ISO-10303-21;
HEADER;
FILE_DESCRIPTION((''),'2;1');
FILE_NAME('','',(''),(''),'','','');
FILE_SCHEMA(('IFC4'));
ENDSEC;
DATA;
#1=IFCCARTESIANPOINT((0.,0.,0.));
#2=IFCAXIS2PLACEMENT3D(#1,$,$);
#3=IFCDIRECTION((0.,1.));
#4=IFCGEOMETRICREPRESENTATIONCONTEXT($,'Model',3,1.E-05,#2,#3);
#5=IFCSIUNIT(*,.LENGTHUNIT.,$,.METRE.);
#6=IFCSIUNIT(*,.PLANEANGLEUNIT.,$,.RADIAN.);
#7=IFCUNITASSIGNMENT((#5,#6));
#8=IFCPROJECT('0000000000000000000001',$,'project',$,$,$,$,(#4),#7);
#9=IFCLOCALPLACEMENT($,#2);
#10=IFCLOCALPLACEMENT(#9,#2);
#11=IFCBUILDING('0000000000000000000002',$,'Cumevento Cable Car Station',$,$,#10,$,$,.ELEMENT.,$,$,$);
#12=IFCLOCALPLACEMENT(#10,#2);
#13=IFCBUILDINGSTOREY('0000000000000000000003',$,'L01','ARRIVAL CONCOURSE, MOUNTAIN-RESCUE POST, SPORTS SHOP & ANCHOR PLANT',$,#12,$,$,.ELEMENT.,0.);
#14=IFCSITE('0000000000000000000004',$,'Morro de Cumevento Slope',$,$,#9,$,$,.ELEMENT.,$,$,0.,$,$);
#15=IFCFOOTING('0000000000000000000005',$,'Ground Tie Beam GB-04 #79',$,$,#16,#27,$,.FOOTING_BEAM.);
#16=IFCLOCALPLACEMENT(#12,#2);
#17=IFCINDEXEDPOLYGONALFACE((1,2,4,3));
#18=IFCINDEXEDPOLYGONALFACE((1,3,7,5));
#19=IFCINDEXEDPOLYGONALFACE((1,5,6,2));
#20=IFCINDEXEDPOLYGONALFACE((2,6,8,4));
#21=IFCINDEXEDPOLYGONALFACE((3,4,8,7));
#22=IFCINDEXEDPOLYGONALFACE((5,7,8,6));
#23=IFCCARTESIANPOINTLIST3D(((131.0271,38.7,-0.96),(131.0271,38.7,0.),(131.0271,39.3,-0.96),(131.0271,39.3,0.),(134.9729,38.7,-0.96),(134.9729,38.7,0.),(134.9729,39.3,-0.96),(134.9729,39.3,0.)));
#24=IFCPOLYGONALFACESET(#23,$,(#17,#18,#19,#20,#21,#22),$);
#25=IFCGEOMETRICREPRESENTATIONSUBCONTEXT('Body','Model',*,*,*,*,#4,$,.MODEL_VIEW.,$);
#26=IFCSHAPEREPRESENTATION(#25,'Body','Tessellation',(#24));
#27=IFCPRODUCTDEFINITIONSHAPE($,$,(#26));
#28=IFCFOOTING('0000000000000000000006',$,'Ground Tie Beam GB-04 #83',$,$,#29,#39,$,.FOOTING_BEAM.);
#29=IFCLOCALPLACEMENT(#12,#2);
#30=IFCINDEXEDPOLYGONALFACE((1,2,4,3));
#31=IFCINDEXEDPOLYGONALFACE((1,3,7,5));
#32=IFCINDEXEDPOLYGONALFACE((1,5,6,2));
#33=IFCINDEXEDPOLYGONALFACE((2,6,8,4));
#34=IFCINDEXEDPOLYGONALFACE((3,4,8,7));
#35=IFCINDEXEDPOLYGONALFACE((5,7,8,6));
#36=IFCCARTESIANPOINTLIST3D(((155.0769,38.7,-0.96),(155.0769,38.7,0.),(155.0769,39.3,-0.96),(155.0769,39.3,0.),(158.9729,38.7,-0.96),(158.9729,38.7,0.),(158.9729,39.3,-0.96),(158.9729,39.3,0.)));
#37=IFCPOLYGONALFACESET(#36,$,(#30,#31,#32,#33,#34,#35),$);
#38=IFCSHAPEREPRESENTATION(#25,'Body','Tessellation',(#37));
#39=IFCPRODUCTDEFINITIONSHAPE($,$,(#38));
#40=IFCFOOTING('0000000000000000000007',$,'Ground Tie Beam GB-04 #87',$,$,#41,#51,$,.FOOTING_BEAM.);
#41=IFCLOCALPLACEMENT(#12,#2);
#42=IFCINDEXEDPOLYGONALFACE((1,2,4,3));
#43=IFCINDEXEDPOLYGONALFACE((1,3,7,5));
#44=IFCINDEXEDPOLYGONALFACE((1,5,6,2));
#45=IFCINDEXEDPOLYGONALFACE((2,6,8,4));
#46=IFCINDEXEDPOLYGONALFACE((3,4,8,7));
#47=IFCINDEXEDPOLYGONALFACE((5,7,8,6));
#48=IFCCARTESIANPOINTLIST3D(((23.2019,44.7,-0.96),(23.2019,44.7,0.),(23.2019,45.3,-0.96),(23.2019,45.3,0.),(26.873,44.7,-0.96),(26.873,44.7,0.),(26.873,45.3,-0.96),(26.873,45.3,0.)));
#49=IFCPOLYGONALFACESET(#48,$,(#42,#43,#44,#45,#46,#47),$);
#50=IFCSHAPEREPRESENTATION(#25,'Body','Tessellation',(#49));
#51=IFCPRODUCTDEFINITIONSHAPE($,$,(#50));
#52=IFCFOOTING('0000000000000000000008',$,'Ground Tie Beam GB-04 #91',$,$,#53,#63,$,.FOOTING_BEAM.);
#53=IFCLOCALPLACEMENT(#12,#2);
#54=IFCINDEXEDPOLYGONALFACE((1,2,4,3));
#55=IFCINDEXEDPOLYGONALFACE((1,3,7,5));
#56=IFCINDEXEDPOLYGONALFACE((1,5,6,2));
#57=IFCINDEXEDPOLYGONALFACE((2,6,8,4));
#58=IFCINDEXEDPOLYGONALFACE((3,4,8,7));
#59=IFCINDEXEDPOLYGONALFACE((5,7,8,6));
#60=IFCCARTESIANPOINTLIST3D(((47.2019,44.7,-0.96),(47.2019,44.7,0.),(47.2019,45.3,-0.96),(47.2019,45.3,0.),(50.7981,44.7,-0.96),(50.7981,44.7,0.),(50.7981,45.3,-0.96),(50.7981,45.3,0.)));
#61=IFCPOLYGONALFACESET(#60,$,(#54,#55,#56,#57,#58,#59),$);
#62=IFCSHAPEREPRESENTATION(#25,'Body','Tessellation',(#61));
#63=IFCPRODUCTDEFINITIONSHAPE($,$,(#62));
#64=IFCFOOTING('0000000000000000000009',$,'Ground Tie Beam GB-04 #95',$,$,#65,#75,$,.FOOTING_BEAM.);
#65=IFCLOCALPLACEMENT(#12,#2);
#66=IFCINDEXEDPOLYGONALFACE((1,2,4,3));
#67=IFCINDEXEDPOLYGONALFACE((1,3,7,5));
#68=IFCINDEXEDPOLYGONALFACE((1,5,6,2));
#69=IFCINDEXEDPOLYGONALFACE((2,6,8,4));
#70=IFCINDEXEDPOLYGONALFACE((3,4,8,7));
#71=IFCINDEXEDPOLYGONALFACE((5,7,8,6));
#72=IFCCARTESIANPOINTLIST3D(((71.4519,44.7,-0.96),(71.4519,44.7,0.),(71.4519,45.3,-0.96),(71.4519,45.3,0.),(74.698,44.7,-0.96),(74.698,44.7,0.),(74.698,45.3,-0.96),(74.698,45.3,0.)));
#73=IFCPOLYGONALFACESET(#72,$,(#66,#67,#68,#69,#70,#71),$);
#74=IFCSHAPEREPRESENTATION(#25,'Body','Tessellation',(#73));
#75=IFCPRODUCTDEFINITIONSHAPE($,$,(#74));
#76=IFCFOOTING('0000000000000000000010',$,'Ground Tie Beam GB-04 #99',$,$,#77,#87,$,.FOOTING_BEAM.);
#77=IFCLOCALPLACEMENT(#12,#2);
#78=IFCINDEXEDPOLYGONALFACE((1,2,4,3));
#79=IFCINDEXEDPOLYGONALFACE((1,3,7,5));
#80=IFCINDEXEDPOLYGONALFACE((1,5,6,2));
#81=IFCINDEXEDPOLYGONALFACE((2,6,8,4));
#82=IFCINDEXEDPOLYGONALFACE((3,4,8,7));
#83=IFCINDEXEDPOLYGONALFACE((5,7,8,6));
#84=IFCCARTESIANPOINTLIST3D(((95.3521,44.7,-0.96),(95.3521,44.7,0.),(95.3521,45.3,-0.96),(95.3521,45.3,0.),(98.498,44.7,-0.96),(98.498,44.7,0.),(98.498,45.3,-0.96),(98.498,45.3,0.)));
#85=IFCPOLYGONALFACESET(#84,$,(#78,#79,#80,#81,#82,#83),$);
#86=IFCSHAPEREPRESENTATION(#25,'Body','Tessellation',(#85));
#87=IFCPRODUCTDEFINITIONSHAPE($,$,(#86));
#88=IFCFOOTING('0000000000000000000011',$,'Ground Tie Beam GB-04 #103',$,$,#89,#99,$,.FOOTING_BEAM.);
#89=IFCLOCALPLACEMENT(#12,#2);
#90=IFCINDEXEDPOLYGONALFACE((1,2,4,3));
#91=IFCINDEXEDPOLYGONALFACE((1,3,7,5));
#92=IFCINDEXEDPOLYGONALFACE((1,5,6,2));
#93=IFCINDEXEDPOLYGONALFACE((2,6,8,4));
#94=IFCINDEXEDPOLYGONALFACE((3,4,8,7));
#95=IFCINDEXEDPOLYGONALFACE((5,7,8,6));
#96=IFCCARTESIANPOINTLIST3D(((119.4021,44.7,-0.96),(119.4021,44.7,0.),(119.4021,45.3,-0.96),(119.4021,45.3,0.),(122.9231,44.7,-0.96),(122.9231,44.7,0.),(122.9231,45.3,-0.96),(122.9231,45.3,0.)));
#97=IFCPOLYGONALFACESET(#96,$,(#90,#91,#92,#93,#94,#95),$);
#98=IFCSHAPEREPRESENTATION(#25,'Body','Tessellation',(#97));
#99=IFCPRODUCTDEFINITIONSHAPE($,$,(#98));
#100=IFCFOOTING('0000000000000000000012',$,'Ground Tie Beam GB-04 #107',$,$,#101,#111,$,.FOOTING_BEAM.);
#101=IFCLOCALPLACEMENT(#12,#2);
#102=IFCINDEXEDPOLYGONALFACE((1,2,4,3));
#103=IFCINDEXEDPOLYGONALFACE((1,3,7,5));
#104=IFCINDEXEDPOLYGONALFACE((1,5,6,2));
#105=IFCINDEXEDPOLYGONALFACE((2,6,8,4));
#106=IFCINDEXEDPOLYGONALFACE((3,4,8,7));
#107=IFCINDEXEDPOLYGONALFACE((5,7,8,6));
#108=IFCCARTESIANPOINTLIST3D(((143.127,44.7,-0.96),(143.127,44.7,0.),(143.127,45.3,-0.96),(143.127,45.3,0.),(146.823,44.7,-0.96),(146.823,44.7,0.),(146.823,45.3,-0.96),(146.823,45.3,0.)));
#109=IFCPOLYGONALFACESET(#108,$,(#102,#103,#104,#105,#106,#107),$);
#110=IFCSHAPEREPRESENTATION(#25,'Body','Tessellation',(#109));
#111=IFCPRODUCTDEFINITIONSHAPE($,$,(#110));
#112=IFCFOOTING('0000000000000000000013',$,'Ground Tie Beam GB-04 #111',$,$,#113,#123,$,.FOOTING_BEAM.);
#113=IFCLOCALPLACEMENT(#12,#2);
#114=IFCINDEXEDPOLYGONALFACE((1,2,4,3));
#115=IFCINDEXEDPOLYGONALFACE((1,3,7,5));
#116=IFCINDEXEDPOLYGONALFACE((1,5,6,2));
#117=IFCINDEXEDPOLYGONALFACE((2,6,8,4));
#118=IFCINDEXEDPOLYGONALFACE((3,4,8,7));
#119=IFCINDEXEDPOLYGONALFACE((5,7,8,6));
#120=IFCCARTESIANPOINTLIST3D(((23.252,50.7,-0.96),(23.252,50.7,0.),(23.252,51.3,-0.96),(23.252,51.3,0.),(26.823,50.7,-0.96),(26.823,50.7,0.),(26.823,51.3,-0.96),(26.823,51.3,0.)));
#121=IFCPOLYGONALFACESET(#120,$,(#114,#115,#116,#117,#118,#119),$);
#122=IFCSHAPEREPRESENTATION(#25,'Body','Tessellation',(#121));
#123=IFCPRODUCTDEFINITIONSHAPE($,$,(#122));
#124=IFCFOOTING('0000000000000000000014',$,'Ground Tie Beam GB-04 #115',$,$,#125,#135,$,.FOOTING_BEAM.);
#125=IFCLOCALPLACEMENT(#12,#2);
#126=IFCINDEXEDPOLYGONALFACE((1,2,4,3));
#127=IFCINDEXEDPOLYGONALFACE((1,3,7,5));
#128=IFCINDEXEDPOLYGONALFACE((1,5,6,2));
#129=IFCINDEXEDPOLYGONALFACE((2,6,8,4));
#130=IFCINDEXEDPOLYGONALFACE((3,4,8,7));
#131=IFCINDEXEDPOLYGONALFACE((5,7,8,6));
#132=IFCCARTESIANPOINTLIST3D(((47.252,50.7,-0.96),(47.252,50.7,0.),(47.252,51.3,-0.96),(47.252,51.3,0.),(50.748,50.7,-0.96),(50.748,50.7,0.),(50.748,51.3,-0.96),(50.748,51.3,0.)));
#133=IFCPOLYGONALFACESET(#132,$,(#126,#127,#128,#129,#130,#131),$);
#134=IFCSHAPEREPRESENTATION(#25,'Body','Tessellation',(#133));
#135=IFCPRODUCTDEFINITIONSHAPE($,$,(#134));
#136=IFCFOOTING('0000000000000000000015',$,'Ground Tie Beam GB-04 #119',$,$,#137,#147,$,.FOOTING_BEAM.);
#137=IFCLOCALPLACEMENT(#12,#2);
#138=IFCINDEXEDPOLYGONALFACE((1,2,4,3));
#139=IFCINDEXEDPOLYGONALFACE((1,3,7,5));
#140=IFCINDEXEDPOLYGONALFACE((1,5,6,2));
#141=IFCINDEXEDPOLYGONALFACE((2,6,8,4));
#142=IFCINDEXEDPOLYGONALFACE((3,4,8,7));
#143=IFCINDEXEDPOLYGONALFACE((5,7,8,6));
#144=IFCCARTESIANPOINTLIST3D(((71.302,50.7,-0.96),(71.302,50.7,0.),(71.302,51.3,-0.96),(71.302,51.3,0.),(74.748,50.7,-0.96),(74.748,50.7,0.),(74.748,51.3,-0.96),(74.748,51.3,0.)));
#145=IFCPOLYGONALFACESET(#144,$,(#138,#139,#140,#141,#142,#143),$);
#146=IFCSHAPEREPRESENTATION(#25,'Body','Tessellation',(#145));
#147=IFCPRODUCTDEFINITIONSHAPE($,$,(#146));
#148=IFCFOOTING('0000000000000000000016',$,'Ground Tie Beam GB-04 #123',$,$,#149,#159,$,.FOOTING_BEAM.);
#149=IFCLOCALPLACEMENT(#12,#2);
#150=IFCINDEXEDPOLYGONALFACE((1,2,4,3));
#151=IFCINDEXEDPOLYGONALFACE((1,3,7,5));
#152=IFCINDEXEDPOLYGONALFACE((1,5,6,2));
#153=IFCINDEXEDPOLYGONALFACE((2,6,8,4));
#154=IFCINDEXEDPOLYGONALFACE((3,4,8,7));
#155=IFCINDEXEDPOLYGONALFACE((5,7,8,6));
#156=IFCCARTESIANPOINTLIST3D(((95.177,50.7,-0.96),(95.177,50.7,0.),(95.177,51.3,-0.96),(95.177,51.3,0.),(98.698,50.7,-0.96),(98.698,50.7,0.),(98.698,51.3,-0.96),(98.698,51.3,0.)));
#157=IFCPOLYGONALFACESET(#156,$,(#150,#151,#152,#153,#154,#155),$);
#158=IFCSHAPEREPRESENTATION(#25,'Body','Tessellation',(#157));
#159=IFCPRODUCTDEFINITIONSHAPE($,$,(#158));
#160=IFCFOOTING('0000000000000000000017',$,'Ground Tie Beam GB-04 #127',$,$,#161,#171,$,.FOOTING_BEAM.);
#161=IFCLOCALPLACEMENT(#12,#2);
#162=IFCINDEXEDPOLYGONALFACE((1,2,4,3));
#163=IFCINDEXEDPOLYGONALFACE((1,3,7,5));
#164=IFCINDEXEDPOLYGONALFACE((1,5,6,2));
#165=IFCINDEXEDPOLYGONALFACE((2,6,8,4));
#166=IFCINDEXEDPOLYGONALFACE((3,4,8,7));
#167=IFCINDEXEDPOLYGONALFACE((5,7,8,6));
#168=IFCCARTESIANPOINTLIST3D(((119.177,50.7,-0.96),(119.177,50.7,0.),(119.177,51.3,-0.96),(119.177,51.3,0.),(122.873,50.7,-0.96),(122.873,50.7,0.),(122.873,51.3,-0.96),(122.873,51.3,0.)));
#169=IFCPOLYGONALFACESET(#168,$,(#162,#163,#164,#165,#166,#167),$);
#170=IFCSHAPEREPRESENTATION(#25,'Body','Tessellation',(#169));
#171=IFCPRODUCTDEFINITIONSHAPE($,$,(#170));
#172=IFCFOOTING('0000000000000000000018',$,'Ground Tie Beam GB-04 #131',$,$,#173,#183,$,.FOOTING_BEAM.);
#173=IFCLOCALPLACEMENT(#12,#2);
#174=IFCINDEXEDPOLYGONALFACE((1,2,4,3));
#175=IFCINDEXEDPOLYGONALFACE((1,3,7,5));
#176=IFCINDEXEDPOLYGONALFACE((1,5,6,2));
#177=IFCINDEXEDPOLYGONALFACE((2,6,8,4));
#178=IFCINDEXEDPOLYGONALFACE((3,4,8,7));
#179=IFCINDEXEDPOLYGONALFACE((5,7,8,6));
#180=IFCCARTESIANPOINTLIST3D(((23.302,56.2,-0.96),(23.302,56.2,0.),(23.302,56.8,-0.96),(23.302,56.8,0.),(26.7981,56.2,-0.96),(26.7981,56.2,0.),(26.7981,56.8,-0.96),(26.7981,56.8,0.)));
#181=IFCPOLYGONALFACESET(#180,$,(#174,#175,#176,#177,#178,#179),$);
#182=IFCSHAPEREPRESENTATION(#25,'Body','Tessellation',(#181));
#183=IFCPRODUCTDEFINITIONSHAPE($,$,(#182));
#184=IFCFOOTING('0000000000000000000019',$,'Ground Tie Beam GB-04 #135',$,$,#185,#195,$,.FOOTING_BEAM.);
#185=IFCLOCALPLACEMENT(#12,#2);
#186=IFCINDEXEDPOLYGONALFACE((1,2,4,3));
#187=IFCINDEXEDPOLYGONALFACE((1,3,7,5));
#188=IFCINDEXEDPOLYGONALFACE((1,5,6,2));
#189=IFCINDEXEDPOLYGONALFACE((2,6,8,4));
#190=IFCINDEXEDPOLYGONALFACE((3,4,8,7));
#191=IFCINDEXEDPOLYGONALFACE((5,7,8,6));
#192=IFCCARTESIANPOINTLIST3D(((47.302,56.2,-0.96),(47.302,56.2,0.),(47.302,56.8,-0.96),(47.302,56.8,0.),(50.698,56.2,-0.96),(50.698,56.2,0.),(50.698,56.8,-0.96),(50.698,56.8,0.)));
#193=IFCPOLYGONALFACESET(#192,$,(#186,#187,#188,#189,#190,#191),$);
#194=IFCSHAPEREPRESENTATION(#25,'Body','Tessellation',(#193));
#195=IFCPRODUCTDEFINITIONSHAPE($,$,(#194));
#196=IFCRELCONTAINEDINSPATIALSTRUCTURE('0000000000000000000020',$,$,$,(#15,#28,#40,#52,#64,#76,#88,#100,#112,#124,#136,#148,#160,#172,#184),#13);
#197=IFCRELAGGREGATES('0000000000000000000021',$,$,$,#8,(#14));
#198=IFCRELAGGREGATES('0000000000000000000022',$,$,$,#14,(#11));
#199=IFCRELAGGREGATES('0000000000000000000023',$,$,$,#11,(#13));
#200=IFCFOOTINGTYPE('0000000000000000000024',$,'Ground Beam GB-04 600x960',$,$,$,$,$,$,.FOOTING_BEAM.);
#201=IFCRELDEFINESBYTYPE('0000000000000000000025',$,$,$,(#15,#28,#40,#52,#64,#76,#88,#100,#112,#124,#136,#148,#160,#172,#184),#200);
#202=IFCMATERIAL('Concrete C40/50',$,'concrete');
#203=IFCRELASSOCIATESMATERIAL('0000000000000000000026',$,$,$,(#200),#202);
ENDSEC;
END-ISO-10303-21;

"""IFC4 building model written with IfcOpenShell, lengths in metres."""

from ifc_helpers import new_model, si_unit, direction, frame, origin, place, context, subcontext, project, spatial, polyline, outline, extrude, material, type_object, element, save


model = new_model("IFC4")

# Units and contexts
model_context = context("Model", 3, precision=1e-05, world=origin(), true_north=direction((0.0, 1.0)))
body_context = subcontext(model_context, "Body", "Model", "MODEL_VIEW")
ifc_project = project(units=[si_unit("LENGTHUNIT", "METRE"), si_unit("PLANEANGLEUNIT", "RADIAN")], contexts=[model_context])

# Site, building, storey
site_placement = place(None, origin())
site = spatial("IfcSite", under=ifc_project, at=site_placement, Name="Morro de Cumevento Slope", CompositionType="ELEMENT", RefElevation=0.0)
building_placement = place(site_placement, origin())
building = spatial("IfcBuilding", under=site, at=building_placement, Name="Cumevento Cable Car Station", CompositionType="ELEMENT")
storey_placement = place(building_placement, origin())
storey = spatial("IfcBuildingStorey", under=building, at=storey_placement, Name="L01", Description="ARRIVAL CONCOURSE, MOUNTAIN-RESCUE POST, SPORTS SHOP & ANCHOR PLANT", CompositionType="ELEMENT", Elevation=0.0)

# Footings
ifc_material_1 = material(Name="Concrete C40/50", Category="concrete")
footing_type_1 = type_object("IfcFootingType", Name="Ground Beam GB-04 600x960", PredefinedType="FOOTING_BEAM", material=ifc_material_1)
footing_1_placement = place(storey_placement, frame((0.0, 0.0, -0.96)))
element("IfcFooting", 1, at=footing_1_placement, inside=storey, type_object=footing_type_1, Name="Ground Tie Beam GB-04 #79", PredefinedType="FOOTING_BEAM", context=body_context, shape_type="SweptSolid", body=[
    extrude(outline(polyline([(131.0271, 38.7), (134.9729, 38.7), (134.9729, 39.3), (131.0271, 39.3), (131.0271, 38.7)])), origin(), (0.0, 0.0, 1.0), 0.96),
])
footing_2_placement = place(storey_placement, frame((0.0, 0.0, -0.96)))
element("IfcFooting", 2, at=footing_2_placement, inside=storey, type_object=footing_type_1, Name="Ground Tie Beam GB-04 #83", PredefinedType="FOOTING_BEAM", context=body_context, shape_type="SweptSolid", body=[
    extrude(outline(polyline([(155.0769, 38.7), (158.9729, 38.7), (158.9729, 39.3), (155.0769, 39.3), (155.0769, 38.7)])), origin(), (0.0, 0.0, 1.0), 0.96),
])
footing_3_placement = place(storey_placement, frame((0.0, 0.0, -0.96)))
element("IfcFooting", 3, at=footing_3_placement, inside=storey, type_object=footing_type_1, Name="Ground Tie Beam GB-04 #87", PredefinedType="FOOTING_BEAM", context=body_context, shape_type="SweptSolid", body=[
    extrude(outline(polyline([(23.2019, 44.7), (26.873, 44.7), (26.873, 45.3), (23.2019, 45.3), (23.2019, 44.7)])), origin(), (0.0, 0.0, 1.0), 0.96),
])
footing_4_placement = place(storey_placement, frame((0.0, 0.0, -0.96)))
element("IfcFooting", 4, at=footing_4_placement, inside=storey, type_object=footing_type_1, Name="Ground Tie Beam GB-04 #91", PredefinedType="FOOTING_BEAM", context=body_context, shape_type="SweptSolid", body=[
    extrude(outline(polyline([(47.2019, 44.7), (50.7981, 44.7), (50.7981, 45.3), (47.2019, 45.3), (47.2019, 44.7)])), origin(), (0.0, 0.0, 1.0), 0.96),
])
footing_5_placement = place(storey_placement, frame((0.0, 0.0, -0.96)))
element("IfcFooting", 5, at=footing_5_placement, inside=storey, type_object=footing_type_1, Name="Ground Tie Beam GB-04 #95", PredefinedType="FOOTING_BEAM", context=body_context, shape_type="SweptSolid", body=[
    extrude(outline(polyline([(71.4519, 44.7), (74.698, 44.7), (74.698, 45.3), (71.4519, 45.3), (71.4519, 44.7)])), origin(), (0.0, 0.0, 1.0), 0.96),
])
footing_6_placement = place(storey_placement, frame((0.0, 0.0, -0.96)))
element("IfcFooting", 6, at=footing_6_placement, inside=storey, type_object=footing_type_1, Name="Ground Tie Beam GB-04 #99", PredefinedType="FOOTING_BEAM", context=body_context, shape_type="SweptSolid", body=[
    extrude(outline(polyline([(95.3521, 44.7), (98.498, 44.7), (98.498, 45.3), (95.3521, 45.3), (95.3521, 44.7)])), origin(), (0.0, 0.0, 1.0), 0.96),
])
footing_7_placement = place(storey_placement, frame((0.0, 0.0, -0.96)))
element("IfcFooting", 7, at=footing_7_placement, inside=storey, type_object=footing_type_1, Name="Ground Tie Beam GB-04 #103", PredefinedType="FOOTING_BEAM", context=body_context, shape_type="SweptSolid", body=[
    extrude(outline(polyline([(119.4021, 44.7), (122.9231, 44.7), (122.9231, 45.3), (119.4021, 45.3), (119.4021, 44.7)])), origin(), (0.0, 0.0, 1.0), 0.96),
])
footing_8_placement = place(storey_placement, frame((0.0, 0.0, -0.96)))
element("IfcFooting", 8, at=footing_8_placement, inside=storey, type_object=footing_type_1, Name="Ground Tie Beam GB-04 #107", PredefinedType="FOOTING_BEAM", context=body_context, shape_type="SweptSolid", body=[
    extrude(outline(polyline([(143.127, 44.7), (146.823, 44.7), (146.823, 45.3), (143.127, 45.3), (143.127, 44.7)])), origin(), (0.0, 0.0, 1.0), 0.96),
])
footing_9_placement = place(storey_placement, frame((0.0, 0.0, -0.96)))
element("IfcFooting", 9, at=footing_9_placement, inside=storey, type_object=footing_type_1, Name="Ground Tie Beam GB-04 #111", PredefinedType="FOOTING_BEAM", context=body_context, shape_type="SweptSolid", body=[
    extrude(outline(polyline([(23.252, 50.7), (26.823, 50.7), (26.823, 51.3), (23.252, 51.3), (23.252, 50.7)])), origin(), (0.0, 0.0, 1.0), 0.96),
])
footing_10_placement = place(storey_placement, frame((0.0, 0.0, -0.96)))
element("IfcFooting", 10, at=footing_10_placement, inside=storey, type_object=footing_type_1, Name="Ground Tie Beam GB-04 #115", PredefinedType="FOOTING_BEAM", context=body_context, shape_type="SweptSolid", body=[
    extrude(outline(polyline([(47.252, 50.7), (50.748, 50.7), (50.748, 51.3), (47.252, 51.3), (47.252, 50.7)])), origin(), (0.0, 0.0, 1.0), 0.96),
])
footing_11_placement = place(storey_placement, frame((0.0, 0.0, -0.96)))
element("IfcFooting", 11, at=footing_11_placement, inside=storey, type_object=footing_type_1, Name="Ground Tie Beam GB-04 #119", PredefinedType="FOOTING_BEAM", context=body_context, shape_type="SweptSolid", body=[
    extrude(outline(polyline([(71.302, 50.7), (74.748, 50.7), (74.748, 51.3), (71.302, 51.3), (71.302, 50.7)])), origin(), (0.0, 0.0, 1.0), 0.96),
])
footing_12_placement = place(storey_placement, frame((0.0, 0.0, -0.96)))
element("IfcFooting", 12, at=footing_12_placement, inside=storey, type_object=footing_type_1, Name="Ground Tie Beam GB-04 #123", PredefinedType="FOOTING_BEAM", context=body_context, shape_type="SweptSolid", body=[
    extrude(outline(polyline([(95.177, 50.7), (98.698, 50.7), (98.698, 51.3), (95.177, 51.3), (95.177, 50.7)])), origin(), (0.0, 0.0, 1.0), 0.96),
])
footing_13_placement = place(storey_placement, frame((0.0, 0.0, -0.96)))
element("IfcFooting", 13, at=footing_13_placement, inside=storey, type_object=footing_type_1, Name="Ground Tie Beam GB-04 #127", PredefinedType="FOOTING_BEAM", context=body_context, shape_type="SweptSolid", body=[
    extrude(outline(polyline([(119.177, 50.7), (122.873, 50.7), (122.873, 51.3), (119.177, 51.3), (119.177, 50.7)])), origin(), (0.0, 0.0, 1.0), 0.96),
])
footing_14_placement = place(storey_placement, frame((0.0, 0.0, -0.96)))
element("IfcFooting", 14, at=footing_14_placement, inside=storey, type_object=footing_type_1, Name="Ground Tie Beam GB-04 #131", PredefinedType="FOOTING_BEAM", context=body_context, shape_type="SweptSolid", body=[
    extrude(outline(polyline([(23.302, 56.2), (26.7981, 56.2), (26.7981, 56.8), (23.302, 56.8), (23.302, 56.2)])), origin(), (0.0, 0.0, 1.0), 0.96),
])
footing_15_placement = place(storey_placement, frame((0.0, 0.0, -0.96)))
element("IfcFooting", 15, at=footing_15_placement, inside=storey, type_object=footing_type_1, Name="Ground Tie Beam GB-04 #135", PredefinedType="FOOTING_BEAM", context=body_context, shape_type="SweptSolid", body=[
    extrude(outline(polyline([(47.302, 56.2), (50.698, 56.2), (50.698, 56.8), (47.302, 56.8), (47.302, 56.2)])), origin(), (0.0, 0.0, 1.0), 0.96),
])

save(model, "model.ifc")
